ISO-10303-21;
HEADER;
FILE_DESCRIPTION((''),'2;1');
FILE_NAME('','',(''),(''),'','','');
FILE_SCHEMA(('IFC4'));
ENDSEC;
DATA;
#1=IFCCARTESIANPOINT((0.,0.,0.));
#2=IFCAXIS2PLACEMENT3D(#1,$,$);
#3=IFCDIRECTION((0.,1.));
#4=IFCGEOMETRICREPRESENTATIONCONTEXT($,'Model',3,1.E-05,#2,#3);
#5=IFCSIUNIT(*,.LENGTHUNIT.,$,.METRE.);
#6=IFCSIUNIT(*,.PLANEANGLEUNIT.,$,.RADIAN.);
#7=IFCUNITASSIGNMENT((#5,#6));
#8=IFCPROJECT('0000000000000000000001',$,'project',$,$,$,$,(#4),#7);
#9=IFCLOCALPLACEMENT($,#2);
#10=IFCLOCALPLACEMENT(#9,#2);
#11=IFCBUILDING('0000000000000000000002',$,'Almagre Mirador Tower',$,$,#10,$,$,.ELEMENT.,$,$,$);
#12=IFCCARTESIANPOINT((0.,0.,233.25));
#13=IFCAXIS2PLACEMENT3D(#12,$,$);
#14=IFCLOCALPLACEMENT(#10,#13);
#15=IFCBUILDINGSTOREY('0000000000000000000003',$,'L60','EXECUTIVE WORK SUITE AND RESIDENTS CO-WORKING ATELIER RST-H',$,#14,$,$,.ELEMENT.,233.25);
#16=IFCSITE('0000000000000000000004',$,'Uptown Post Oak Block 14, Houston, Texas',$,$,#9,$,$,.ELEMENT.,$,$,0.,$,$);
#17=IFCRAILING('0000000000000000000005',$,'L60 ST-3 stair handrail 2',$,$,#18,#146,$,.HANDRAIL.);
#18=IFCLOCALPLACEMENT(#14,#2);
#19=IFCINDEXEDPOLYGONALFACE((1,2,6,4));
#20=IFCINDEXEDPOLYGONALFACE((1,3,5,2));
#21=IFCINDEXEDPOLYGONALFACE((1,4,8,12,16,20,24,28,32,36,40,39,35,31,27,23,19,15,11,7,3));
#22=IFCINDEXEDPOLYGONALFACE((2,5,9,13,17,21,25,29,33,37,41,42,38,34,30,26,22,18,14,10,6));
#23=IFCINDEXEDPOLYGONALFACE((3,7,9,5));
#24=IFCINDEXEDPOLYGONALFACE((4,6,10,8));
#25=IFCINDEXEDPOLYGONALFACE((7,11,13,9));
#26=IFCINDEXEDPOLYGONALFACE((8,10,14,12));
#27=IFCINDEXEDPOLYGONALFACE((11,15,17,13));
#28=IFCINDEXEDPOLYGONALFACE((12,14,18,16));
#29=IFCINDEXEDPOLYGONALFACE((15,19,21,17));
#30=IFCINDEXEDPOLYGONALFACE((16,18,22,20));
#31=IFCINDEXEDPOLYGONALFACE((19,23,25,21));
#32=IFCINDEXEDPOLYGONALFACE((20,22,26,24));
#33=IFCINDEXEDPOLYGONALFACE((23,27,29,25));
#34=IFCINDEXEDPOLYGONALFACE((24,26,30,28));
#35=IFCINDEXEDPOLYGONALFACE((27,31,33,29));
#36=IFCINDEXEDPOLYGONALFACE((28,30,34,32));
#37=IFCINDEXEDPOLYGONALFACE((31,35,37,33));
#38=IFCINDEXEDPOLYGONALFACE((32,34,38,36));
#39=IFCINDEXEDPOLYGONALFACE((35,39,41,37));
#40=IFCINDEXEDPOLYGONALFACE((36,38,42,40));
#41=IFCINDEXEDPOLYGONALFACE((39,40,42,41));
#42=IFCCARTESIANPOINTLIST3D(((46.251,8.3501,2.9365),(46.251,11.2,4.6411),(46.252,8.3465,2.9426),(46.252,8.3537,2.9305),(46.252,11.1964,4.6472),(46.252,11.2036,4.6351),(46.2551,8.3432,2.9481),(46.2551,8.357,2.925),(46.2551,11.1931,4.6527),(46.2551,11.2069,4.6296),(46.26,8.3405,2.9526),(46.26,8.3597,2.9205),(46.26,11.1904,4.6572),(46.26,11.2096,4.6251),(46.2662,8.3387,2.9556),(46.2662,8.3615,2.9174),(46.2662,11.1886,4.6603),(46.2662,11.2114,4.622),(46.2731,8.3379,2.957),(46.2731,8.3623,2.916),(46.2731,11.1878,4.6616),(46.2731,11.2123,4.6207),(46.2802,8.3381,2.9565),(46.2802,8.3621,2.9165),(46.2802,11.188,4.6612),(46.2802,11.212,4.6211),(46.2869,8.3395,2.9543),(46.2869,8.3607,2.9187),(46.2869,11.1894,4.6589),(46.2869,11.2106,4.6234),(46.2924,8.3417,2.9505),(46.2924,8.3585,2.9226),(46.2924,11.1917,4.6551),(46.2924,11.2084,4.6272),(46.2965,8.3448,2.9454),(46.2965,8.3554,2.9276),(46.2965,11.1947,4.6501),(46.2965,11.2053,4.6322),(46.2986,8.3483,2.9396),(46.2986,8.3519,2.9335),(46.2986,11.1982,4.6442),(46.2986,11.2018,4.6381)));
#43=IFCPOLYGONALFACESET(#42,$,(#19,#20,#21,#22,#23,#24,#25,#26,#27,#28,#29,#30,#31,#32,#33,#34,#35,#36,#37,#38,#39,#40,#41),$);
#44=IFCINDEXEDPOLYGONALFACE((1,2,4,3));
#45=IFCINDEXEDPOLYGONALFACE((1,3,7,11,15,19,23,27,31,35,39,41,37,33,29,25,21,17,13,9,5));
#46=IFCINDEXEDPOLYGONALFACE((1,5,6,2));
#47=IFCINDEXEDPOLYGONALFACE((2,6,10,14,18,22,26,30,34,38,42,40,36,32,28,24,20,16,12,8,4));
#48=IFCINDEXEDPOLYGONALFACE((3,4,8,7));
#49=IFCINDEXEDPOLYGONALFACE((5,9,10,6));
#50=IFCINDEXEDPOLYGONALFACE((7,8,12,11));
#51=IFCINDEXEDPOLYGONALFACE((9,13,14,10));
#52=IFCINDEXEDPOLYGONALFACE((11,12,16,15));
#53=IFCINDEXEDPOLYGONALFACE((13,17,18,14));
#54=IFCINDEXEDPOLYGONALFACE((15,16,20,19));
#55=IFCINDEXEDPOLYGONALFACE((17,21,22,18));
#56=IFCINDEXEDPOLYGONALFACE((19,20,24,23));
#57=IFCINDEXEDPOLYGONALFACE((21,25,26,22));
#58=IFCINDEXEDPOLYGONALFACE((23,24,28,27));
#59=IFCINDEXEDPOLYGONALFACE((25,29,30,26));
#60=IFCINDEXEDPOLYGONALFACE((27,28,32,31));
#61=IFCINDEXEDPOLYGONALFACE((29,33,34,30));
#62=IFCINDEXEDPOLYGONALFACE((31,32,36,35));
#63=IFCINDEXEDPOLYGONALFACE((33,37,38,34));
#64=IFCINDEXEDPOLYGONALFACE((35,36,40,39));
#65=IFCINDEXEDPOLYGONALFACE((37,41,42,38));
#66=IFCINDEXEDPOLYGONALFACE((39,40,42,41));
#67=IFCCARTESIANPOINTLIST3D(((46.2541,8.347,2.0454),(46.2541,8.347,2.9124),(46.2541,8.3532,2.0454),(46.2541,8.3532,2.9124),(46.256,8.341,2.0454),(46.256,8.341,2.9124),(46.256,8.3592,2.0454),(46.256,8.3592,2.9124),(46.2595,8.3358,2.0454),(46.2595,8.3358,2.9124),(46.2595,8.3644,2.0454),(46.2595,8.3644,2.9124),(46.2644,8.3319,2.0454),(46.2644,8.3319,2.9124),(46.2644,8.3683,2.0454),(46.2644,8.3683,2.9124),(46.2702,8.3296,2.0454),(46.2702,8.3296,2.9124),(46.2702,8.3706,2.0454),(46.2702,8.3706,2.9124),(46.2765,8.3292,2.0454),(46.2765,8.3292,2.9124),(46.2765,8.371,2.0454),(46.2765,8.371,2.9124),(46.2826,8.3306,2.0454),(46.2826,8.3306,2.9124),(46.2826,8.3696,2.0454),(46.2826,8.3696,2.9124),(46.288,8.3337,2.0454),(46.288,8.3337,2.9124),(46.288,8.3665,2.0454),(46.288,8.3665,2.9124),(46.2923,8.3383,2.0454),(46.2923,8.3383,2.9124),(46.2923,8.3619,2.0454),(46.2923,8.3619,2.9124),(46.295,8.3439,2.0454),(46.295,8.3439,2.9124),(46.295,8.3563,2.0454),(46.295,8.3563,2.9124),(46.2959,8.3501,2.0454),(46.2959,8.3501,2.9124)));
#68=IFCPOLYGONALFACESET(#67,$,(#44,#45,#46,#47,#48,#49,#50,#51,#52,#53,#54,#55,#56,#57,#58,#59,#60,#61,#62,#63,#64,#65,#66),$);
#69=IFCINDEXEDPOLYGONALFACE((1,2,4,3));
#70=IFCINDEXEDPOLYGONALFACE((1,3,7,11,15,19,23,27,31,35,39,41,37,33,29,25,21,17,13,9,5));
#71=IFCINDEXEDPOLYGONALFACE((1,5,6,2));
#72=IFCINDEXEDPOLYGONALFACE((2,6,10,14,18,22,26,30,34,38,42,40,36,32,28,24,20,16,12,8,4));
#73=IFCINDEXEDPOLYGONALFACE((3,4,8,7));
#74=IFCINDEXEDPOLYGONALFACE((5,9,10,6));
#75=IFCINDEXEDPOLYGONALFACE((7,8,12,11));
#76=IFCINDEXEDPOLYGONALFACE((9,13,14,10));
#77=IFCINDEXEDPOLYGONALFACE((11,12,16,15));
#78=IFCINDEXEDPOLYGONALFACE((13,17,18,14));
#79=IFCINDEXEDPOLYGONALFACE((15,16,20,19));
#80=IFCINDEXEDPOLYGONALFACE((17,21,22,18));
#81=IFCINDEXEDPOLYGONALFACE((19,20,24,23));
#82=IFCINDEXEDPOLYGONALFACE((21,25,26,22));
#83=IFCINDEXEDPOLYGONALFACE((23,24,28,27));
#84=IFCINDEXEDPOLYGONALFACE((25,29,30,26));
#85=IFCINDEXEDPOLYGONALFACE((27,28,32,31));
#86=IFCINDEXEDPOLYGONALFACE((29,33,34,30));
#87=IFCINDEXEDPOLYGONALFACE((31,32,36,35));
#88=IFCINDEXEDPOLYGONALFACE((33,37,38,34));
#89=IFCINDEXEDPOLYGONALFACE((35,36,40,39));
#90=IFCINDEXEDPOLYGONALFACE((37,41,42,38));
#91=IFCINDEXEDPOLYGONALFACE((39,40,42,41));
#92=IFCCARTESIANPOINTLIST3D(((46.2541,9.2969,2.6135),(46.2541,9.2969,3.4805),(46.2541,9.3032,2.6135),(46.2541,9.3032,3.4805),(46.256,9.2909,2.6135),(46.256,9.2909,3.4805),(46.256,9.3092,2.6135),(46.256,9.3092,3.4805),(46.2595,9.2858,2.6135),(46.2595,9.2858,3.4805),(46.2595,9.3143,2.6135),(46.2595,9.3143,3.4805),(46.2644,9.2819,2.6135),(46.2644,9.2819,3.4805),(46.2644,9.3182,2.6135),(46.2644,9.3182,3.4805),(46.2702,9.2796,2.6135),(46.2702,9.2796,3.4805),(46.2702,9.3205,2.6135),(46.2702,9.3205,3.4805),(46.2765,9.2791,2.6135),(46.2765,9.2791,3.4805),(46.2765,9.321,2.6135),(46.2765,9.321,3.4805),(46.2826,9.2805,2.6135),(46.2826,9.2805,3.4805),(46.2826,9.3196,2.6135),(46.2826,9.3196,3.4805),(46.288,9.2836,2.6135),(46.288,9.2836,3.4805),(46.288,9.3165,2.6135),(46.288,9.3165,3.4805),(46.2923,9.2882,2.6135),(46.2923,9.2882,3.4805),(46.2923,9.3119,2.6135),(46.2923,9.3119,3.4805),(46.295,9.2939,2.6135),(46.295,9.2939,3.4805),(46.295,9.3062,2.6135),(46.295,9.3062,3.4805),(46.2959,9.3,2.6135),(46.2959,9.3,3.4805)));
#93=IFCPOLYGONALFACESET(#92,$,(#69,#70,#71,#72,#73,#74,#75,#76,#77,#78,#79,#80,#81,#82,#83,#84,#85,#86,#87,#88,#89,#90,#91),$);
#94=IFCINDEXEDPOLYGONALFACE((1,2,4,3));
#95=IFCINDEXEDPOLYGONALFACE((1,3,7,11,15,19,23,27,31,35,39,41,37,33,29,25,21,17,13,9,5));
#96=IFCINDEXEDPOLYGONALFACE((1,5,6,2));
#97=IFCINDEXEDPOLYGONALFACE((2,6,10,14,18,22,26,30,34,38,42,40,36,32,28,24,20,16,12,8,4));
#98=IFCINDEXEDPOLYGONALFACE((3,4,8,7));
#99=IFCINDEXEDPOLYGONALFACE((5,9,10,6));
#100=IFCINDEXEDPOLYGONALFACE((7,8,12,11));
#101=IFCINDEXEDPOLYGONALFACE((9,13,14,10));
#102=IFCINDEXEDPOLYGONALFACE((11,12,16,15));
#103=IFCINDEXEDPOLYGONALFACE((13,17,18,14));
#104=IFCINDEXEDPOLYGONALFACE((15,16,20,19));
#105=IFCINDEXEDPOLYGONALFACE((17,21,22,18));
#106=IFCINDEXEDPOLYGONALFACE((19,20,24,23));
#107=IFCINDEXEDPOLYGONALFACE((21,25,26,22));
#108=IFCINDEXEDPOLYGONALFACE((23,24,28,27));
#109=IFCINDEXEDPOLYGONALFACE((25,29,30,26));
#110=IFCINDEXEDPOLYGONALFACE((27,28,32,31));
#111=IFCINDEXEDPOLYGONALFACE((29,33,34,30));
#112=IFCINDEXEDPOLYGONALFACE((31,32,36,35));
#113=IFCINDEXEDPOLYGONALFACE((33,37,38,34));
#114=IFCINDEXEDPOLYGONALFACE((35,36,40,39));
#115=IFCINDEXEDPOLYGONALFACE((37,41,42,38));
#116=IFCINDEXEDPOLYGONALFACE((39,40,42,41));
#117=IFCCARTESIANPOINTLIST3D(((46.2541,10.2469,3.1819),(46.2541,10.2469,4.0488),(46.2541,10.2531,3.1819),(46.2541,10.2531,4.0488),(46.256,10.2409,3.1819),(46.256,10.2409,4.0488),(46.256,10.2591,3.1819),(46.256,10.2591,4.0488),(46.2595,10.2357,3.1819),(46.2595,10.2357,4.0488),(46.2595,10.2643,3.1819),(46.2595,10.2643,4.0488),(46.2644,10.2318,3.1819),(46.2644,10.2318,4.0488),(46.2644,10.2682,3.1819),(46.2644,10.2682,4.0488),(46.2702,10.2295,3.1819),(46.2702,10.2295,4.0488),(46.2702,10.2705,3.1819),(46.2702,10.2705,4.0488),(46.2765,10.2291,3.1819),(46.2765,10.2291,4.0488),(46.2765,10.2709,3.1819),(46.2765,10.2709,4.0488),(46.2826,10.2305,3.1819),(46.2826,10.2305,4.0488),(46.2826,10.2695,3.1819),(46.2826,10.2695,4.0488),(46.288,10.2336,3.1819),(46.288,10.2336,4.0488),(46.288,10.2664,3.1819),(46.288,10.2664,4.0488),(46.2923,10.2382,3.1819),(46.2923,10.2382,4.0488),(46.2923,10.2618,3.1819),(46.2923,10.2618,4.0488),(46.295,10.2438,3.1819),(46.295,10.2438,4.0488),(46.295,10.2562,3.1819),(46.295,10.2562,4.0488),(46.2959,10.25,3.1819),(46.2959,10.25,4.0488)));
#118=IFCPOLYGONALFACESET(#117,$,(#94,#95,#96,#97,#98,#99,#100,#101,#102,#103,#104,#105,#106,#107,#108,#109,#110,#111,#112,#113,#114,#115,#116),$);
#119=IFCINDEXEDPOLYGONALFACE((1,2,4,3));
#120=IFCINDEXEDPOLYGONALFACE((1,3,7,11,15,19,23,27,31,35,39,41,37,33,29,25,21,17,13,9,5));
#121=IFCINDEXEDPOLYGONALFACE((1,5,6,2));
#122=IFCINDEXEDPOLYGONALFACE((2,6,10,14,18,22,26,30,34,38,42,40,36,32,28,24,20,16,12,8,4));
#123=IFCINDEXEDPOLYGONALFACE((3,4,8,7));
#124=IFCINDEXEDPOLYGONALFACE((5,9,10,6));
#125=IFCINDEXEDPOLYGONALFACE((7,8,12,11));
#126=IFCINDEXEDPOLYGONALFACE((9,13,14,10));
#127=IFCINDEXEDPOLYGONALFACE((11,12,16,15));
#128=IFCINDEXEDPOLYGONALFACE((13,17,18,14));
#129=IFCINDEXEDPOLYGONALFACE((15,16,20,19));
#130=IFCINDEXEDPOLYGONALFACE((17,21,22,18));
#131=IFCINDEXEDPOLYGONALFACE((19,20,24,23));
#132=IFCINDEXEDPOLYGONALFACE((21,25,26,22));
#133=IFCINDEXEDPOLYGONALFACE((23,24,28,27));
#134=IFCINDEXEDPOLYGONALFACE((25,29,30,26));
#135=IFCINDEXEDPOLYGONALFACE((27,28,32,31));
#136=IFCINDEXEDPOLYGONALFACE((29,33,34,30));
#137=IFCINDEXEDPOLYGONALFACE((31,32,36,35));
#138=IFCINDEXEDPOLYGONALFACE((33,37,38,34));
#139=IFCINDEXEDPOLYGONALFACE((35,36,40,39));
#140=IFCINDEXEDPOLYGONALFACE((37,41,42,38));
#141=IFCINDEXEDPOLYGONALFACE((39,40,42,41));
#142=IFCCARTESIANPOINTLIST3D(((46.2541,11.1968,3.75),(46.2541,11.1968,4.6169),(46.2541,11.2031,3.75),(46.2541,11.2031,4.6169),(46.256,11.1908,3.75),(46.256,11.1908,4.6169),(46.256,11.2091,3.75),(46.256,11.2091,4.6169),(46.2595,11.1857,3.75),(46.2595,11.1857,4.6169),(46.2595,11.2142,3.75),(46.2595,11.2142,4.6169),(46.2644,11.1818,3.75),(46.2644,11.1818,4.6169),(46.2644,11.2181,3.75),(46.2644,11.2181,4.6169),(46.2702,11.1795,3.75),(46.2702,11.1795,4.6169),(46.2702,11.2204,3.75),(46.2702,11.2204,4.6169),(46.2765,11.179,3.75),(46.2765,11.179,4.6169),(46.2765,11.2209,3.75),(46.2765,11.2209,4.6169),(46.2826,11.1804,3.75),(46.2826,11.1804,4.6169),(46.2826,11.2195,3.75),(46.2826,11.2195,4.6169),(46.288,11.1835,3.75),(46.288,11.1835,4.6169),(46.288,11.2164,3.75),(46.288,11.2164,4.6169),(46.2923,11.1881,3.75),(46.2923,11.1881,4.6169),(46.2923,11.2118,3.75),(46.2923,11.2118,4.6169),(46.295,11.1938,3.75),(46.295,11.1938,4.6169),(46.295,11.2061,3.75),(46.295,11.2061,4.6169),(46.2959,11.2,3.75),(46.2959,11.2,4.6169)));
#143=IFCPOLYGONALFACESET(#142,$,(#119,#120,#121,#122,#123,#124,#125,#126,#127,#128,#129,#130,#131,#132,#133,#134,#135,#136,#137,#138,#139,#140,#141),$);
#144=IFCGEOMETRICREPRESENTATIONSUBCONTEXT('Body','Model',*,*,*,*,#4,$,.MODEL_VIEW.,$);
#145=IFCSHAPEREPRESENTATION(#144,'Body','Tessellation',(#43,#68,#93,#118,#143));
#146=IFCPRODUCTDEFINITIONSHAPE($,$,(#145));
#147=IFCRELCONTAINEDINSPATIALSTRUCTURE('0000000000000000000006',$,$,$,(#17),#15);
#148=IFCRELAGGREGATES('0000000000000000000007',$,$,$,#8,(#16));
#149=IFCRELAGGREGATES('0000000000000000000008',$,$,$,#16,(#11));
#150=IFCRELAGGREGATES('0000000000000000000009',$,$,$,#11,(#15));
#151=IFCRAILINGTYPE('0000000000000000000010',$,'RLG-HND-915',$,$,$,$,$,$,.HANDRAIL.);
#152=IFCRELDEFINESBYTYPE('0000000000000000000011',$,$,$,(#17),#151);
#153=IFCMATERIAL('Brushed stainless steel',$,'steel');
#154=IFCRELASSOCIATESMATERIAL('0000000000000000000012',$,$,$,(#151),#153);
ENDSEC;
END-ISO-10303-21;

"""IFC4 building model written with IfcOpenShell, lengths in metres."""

from ifc_helpers import new_model, si_unit, direction, frame, origin, origin_2d, place, context, subcontext, project, spatial, circle, extrude, material, type_object, element, save


model = new_model("IFC4")

# Units and contexts
model_context = context("Model", 3, precision=1e-05, world=origin(), true_north=direction((0.0, 1.0)))
body_context = subcontext(model_context, "Body", "Model", "MODEL_VIEW")
ifc_project = project(units=[si_unit("LENGTHUNIT", "METRE"), si_unit("PLANEANGLEUNIT", "RADIAN")], contexts=[model_context])

# Site, building, storey
site_placement = place(None, origin())
site = spatial("IfcSite", under=ifc_project, at=site_placement, Name="Uptown Post Oak Block 14, Houston, Texas", CompositionType="ELEMENT", RefElevation=0.0)
building_placement = place(site_placement, origin())
building = spatial("IfcBuilding", under=site, at=building_placement, Name="Almagre Mirador Tower", CompositionType="ELEMENT")
storey_placement = place(building_placement, frame((0.0, 0.0, 233.25)))
storey = spatial("IfcBuildingStorey", under=building, at=storey_placement, Name="L60", Description="EXECUTIVE WORK SUITE AND RESIDENTS CO-WORKING ATELIER RST-H", CompositionType="ELEMENT", Elevation=233.25)

# Railing
ifc_material_1 = material(Name="Brushed stainless steel", Category="steel")
railing_type_1 = type_object("IfcRailingType", Name="RLG-HND-915", PredefinedType="HANDRAIL", material=ifc_material_1)
railing_1_placement = place(storey_placement, frame((46.2749, 8.3501, 2.0454)))
element("IfcRailing", 1, at=railing_1_placement, inside=storey, type_object=railing_type_1, Name="L60 ST-3 stair handrail 2", PredefinedType="HANDRAIL", context=body_context, shape_type="SweptSolid", body=[
    extrude(circle(Radius=0.0239, at=origin_2d()), frame((0.0, 0.0, 0.8911), z_axis=(0.0, 0.858199, 0.513317), x_axis=(-1.0, 0.0, 0.0)), (0.0, 0.0, 1.0), 3.3208),
    extrude(circle(Radius=0.021, at=origin_2d()), origin(), (0.0, 0.0, 1.0), 0.8669),
    extrude(circle(Radius=0.021, at=origin_2d()), frame((0.0, 0.95, 0.5681)), (0.0, 0.0, 1.0), 0.8669),
    extrude(circle(Radius=0.021, at=origin_2d()), frame((0.0, 1.8999, 1.1365)), (0.0, 0.0, 1.0), 0.8669),
    extrude(circle(Radius=0.021, at=origin_2d()), frame((0.0, 2.8499, 1.7046)), (0.0, 0.0, 1.0), 0.8669),
])

save(model, "model.ifc")
